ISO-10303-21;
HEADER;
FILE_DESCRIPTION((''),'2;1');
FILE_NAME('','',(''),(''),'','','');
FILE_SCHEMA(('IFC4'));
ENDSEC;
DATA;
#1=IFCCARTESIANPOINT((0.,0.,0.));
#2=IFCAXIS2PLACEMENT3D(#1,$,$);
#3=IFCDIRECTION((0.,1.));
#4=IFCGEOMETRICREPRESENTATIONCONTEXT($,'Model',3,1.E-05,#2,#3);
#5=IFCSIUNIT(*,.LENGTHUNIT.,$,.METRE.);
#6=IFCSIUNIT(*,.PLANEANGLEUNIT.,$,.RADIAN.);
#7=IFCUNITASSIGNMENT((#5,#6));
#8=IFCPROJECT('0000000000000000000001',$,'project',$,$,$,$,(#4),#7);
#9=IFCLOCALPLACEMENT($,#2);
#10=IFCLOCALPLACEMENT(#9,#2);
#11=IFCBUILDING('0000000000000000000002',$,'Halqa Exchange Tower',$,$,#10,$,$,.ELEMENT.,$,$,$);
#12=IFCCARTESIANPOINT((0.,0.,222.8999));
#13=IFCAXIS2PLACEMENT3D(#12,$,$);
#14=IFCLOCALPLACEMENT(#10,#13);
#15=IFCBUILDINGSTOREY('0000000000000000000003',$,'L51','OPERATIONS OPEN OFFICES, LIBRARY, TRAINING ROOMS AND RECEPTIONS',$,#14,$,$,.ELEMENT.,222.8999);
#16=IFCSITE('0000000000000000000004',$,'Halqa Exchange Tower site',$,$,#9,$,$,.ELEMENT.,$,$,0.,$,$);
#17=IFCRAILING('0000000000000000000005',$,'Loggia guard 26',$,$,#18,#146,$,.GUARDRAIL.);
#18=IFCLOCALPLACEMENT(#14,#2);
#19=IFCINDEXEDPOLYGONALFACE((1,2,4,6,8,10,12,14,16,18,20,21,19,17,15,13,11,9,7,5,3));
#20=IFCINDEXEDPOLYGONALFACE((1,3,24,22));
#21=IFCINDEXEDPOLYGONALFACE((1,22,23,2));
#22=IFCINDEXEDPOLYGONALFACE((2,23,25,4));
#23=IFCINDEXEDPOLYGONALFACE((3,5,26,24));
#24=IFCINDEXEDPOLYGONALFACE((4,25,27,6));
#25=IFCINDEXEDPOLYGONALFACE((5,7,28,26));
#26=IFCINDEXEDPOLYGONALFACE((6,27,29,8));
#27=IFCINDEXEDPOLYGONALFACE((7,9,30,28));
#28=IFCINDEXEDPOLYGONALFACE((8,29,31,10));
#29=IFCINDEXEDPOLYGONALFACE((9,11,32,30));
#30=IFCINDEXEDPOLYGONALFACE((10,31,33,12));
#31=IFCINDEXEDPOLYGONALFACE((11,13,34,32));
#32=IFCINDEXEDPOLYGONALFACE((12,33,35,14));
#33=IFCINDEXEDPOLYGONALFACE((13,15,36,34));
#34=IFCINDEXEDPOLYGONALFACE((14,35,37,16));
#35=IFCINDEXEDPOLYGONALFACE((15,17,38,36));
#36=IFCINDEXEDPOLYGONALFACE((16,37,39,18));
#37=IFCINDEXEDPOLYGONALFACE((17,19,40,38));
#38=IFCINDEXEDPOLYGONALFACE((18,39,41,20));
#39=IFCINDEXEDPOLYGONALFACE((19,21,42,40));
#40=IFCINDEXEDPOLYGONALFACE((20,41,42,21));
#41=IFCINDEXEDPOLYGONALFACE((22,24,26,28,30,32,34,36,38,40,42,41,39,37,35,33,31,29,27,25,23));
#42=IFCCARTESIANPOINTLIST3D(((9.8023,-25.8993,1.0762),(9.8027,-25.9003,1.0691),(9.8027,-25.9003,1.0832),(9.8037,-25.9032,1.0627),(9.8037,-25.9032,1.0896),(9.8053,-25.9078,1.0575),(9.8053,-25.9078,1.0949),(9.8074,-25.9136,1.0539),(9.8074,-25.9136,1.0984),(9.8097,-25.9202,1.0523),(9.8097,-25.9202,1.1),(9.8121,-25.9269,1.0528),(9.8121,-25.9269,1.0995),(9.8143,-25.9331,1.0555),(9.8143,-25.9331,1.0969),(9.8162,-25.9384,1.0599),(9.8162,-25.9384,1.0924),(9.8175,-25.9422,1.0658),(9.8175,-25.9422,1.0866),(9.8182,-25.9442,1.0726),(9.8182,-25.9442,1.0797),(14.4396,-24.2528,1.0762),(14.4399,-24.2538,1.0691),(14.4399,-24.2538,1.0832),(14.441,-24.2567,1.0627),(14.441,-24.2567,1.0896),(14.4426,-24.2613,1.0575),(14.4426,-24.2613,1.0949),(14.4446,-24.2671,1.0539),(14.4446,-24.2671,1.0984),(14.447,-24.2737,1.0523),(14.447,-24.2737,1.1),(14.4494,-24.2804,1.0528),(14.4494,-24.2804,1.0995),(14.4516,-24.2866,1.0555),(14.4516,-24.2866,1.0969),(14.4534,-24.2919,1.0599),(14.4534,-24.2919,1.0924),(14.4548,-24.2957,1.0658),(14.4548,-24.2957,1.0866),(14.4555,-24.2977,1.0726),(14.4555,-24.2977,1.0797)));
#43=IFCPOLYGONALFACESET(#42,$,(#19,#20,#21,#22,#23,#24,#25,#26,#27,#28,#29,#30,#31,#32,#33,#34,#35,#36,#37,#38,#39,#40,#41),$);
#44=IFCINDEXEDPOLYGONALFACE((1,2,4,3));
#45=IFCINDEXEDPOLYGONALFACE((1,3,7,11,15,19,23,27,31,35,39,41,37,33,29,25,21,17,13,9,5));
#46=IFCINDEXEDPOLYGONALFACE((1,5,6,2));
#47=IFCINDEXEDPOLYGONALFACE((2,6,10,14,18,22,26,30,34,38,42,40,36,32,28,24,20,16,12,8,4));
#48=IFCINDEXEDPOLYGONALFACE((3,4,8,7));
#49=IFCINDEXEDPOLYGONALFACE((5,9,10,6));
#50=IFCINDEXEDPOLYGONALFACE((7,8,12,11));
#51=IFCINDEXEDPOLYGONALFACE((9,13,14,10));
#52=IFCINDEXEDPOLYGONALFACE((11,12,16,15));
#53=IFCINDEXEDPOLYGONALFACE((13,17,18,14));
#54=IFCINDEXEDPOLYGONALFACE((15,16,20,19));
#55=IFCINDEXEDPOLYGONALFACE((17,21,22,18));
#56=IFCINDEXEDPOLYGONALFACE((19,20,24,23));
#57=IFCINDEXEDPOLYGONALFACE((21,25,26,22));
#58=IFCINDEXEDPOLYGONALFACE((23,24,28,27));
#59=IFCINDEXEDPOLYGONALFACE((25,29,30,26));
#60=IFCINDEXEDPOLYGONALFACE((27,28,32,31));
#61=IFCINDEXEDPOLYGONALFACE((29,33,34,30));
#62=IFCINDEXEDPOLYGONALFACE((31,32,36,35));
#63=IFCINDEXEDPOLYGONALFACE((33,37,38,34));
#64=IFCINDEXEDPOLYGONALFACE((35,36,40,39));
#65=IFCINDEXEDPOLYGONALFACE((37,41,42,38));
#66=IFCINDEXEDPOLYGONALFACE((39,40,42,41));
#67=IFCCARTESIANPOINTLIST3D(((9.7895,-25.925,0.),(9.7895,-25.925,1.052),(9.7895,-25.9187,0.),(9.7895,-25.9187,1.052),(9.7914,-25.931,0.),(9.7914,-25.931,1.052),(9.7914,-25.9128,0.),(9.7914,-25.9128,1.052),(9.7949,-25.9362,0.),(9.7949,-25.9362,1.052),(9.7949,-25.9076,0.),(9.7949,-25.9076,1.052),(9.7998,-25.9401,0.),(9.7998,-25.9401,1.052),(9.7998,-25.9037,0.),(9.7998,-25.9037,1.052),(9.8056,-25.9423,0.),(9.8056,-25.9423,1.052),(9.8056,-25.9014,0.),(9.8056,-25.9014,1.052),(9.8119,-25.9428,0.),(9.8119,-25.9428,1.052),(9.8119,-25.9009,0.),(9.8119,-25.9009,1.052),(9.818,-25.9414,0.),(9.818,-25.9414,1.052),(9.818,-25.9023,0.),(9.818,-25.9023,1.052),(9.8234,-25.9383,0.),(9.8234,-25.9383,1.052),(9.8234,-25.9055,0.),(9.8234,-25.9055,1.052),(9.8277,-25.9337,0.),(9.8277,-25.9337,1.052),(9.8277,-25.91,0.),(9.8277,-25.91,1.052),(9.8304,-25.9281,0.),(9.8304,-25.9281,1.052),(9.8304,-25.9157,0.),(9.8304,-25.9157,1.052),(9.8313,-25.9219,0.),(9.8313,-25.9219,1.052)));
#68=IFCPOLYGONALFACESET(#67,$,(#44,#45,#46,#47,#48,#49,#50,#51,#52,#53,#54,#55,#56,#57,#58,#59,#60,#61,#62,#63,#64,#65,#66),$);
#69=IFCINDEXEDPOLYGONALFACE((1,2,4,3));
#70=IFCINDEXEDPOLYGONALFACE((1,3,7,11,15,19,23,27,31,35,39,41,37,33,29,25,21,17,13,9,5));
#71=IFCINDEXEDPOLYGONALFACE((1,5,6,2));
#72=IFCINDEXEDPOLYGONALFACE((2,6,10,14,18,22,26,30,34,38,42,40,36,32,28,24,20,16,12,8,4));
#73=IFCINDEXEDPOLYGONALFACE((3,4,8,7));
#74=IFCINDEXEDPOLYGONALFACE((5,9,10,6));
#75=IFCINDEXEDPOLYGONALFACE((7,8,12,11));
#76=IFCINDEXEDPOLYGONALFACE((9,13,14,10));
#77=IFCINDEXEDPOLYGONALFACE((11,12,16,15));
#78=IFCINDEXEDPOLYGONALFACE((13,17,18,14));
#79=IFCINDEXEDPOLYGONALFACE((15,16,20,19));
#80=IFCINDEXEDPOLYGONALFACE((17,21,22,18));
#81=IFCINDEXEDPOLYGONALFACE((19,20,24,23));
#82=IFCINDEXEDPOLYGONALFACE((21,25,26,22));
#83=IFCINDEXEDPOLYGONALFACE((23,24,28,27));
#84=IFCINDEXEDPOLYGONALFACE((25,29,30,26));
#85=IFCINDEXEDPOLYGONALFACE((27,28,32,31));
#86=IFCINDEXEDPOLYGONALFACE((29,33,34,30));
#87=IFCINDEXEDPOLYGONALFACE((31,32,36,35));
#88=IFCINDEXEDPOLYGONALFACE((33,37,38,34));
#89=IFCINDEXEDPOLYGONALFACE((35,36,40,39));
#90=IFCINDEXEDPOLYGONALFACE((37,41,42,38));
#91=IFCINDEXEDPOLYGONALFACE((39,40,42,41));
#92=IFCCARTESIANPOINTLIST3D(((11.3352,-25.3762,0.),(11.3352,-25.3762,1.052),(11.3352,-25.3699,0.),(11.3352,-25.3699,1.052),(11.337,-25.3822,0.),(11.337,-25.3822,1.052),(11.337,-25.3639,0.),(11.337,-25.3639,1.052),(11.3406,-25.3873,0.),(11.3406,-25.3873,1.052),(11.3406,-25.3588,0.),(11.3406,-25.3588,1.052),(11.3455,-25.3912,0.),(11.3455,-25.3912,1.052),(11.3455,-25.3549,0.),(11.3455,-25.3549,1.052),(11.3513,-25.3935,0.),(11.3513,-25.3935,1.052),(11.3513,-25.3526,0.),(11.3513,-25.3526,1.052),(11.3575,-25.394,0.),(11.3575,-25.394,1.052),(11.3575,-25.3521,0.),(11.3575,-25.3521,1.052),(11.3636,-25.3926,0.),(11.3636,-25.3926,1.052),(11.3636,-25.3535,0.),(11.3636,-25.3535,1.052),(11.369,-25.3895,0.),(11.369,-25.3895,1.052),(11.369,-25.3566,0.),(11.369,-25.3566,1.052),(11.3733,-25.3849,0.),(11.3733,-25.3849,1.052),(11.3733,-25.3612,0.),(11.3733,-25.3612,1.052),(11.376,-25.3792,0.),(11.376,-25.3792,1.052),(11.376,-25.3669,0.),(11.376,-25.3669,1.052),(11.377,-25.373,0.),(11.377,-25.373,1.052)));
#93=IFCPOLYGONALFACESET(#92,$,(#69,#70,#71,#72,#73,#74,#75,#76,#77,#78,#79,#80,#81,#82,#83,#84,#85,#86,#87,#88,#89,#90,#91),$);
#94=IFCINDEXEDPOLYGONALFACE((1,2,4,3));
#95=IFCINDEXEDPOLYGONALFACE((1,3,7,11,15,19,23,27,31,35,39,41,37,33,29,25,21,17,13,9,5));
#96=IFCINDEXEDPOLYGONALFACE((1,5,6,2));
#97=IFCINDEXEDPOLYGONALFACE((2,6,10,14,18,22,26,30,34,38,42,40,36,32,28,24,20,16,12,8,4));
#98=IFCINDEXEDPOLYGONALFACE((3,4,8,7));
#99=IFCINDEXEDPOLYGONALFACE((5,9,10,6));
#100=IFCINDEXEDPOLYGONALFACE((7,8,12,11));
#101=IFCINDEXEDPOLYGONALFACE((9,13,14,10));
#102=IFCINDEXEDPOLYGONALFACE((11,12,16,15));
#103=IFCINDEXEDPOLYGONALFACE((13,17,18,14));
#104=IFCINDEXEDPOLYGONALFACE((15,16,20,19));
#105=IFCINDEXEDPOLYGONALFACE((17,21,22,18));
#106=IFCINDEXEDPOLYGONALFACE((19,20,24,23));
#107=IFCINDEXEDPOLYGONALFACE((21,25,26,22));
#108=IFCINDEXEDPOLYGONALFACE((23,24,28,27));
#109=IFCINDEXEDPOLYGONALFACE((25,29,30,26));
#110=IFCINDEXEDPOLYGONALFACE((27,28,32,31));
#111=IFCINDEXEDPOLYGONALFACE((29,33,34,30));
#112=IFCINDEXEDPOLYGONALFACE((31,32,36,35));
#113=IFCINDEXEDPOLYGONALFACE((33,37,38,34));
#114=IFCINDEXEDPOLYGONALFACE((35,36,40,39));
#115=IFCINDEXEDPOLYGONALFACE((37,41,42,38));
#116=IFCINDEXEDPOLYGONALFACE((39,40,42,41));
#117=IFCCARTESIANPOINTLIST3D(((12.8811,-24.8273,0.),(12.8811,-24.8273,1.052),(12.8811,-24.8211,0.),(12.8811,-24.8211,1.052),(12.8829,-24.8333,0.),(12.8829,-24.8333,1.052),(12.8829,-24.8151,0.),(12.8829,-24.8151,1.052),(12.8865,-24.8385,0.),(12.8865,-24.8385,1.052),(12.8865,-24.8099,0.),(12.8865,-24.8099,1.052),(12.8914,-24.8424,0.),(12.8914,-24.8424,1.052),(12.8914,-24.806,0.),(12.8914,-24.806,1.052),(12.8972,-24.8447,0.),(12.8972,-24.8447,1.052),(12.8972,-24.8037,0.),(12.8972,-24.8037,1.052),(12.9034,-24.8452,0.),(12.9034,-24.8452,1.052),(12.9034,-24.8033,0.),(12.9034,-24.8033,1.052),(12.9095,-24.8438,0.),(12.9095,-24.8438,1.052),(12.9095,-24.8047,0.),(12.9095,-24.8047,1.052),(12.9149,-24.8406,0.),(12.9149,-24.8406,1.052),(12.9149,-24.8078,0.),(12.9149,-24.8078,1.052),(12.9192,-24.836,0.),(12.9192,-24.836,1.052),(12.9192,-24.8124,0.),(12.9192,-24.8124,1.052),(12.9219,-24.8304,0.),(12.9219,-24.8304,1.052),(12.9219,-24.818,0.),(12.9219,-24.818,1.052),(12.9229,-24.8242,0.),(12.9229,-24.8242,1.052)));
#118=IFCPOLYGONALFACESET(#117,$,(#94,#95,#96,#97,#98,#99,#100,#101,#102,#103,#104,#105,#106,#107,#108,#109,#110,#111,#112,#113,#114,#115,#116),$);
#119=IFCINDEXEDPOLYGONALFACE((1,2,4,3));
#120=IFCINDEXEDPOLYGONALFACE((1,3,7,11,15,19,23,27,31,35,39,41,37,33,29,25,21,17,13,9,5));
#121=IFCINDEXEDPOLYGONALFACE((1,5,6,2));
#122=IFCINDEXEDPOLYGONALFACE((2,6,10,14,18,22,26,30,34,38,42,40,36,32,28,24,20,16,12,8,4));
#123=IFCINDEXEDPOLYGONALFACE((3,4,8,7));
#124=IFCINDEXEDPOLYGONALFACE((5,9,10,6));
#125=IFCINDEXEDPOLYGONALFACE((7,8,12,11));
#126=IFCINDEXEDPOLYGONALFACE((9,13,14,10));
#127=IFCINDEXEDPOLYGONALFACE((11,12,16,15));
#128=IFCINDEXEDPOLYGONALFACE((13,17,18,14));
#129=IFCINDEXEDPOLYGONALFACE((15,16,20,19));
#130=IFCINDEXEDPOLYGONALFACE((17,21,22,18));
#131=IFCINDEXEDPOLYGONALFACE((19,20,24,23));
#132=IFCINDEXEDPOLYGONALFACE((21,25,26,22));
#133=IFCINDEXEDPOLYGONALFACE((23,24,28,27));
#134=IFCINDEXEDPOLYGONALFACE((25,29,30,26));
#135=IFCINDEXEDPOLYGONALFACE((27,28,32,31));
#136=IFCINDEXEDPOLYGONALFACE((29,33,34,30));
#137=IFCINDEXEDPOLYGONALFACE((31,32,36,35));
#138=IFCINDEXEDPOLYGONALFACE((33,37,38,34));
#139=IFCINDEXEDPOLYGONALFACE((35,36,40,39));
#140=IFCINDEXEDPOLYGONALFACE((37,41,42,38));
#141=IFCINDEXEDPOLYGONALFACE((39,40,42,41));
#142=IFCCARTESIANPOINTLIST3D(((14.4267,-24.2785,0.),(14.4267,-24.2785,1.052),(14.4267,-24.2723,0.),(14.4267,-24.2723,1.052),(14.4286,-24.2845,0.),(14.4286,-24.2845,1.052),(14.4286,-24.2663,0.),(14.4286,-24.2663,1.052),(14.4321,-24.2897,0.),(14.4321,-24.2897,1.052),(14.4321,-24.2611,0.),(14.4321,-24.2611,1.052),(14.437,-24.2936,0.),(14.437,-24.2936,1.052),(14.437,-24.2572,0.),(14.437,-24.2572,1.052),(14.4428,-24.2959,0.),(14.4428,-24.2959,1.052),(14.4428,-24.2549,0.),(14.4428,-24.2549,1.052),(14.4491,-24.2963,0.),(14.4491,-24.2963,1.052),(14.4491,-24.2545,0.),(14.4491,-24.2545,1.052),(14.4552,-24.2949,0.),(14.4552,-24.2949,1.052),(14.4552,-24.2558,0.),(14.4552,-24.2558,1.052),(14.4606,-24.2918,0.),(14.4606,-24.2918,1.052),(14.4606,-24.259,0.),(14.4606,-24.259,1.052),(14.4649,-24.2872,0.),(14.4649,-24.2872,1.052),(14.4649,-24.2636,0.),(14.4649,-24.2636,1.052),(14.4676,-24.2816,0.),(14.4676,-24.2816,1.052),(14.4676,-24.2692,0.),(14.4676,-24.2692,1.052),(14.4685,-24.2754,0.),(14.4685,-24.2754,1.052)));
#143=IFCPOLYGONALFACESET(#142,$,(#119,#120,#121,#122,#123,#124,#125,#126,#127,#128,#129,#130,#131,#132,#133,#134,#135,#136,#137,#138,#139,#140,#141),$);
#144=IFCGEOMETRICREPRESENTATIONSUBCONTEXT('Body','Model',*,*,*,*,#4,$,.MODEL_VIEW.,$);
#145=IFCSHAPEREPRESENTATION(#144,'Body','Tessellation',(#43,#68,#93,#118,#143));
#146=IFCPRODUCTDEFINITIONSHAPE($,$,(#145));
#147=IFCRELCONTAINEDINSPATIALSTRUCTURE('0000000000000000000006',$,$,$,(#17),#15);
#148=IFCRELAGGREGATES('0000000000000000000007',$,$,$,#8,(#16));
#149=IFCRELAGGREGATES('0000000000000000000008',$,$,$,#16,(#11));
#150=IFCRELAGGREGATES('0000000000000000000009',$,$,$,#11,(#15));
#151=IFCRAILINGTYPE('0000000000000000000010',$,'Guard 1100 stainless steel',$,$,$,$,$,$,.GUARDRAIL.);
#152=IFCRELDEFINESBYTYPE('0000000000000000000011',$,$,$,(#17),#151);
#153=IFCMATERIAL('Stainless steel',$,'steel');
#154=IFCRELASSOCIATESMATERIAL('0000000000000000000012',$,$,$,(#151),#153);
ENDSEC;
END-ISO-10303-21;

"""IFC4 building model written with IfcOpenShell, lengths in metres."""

from ifc_helpers import new_model, si_unit, direction, frame, origin, origin_2d, place, context, subcontext, project, spatial, circle, extrude, material, type_object, element, save


model = new_model("IFC4")

# Units and contexts
model_context = context("Model", 3, precision=1e-05, world=origin(), true_north=direction((0.0, 1.0)))
body_context = subcontext(model_context, "Body", "Model", "MODEL_VIEW")
ifc_project = project(units=[si_unit("LENGTHUNIT", "METRE"), si_unit("PLANEANGLEUNIT", "RADIAN")], contexts=[model_context])

# Site, building, storey
site_placement = place(None, origin())
site = spatial("IfcSite", under=ifc_project, at=site_placement, Name="Halqa Exchange Tower site", CompositionType="ELEMENT", RefElevation=0.0)
building_placement = place(site_placement, origin())
building = spatial("IfcBuilding", under=site, at=building_placement, Name="Halqa Exchange Tower", CompositionType="ELEMENT")
storey_placement = place(building_placement, frame((0.0, 0.0, 222.8999)))
storey = spatial("IfcBuildingStorey", under=building, at=storey_placement, Name="L51", Description="OPERATIONS OPEN OFFICES, LIBRARY, TRAINING ROOMS AND RECEPTIONS", CompositionType="ELEMENT", Elevation=222.8999)

# Railing
ifc_material_1 = material(Name="Stainless steel", Category="steel")
railing_type = type_object("IfcRailingType", Name="Guard 1100 stainless steel", PredefinedType="GUARDRAIL", material=ifc_material_1)
railing_1_placement = place(storey_placement, frame((9.8103, -25.9219, 0.0)))
element("IfcRailing", 1, at=railing_1_placement, inside=storey, type_object=railing_type, Name="Loggia guard 26", PredefinedType="GUARDRAIL", context=body_context, shape_type="SweptSolid", body=[
    extrude(circle(Radius=0.0239, at=origin_2d()), frame((0.0, 0.0, 1.0762), z_axis=(0.942362, 0.334595, 0.0), x_axis=(-0.334595, 0.942362, 0.0)), (0.0, 0.0, 1.0), 4.9209),
    extrude(circle(Radius=0.021, at=origin_2d()), origin(), (0.0, 0.0, 1.0), 1.052),
    extrude(circle(Radius=0.021, at=origin_2d()), frame((1.5457, 0.5488, 0.0)), (0.0, 0.0, 1.0), 1.052),
    extrude(circle(Radius=0.021, at=origin_2d()), frame((3.0916, 1.0977, 0.0)), (0.0, 0.0, 1.0), 1.052),
    extrude(circle(Radius=0.021, at=origin_2d()), frame((4.6372, 1.6465, 0.0)), (0.0, 0.0, 1.0), 1.052),
])

save(model, "model.ifc")
